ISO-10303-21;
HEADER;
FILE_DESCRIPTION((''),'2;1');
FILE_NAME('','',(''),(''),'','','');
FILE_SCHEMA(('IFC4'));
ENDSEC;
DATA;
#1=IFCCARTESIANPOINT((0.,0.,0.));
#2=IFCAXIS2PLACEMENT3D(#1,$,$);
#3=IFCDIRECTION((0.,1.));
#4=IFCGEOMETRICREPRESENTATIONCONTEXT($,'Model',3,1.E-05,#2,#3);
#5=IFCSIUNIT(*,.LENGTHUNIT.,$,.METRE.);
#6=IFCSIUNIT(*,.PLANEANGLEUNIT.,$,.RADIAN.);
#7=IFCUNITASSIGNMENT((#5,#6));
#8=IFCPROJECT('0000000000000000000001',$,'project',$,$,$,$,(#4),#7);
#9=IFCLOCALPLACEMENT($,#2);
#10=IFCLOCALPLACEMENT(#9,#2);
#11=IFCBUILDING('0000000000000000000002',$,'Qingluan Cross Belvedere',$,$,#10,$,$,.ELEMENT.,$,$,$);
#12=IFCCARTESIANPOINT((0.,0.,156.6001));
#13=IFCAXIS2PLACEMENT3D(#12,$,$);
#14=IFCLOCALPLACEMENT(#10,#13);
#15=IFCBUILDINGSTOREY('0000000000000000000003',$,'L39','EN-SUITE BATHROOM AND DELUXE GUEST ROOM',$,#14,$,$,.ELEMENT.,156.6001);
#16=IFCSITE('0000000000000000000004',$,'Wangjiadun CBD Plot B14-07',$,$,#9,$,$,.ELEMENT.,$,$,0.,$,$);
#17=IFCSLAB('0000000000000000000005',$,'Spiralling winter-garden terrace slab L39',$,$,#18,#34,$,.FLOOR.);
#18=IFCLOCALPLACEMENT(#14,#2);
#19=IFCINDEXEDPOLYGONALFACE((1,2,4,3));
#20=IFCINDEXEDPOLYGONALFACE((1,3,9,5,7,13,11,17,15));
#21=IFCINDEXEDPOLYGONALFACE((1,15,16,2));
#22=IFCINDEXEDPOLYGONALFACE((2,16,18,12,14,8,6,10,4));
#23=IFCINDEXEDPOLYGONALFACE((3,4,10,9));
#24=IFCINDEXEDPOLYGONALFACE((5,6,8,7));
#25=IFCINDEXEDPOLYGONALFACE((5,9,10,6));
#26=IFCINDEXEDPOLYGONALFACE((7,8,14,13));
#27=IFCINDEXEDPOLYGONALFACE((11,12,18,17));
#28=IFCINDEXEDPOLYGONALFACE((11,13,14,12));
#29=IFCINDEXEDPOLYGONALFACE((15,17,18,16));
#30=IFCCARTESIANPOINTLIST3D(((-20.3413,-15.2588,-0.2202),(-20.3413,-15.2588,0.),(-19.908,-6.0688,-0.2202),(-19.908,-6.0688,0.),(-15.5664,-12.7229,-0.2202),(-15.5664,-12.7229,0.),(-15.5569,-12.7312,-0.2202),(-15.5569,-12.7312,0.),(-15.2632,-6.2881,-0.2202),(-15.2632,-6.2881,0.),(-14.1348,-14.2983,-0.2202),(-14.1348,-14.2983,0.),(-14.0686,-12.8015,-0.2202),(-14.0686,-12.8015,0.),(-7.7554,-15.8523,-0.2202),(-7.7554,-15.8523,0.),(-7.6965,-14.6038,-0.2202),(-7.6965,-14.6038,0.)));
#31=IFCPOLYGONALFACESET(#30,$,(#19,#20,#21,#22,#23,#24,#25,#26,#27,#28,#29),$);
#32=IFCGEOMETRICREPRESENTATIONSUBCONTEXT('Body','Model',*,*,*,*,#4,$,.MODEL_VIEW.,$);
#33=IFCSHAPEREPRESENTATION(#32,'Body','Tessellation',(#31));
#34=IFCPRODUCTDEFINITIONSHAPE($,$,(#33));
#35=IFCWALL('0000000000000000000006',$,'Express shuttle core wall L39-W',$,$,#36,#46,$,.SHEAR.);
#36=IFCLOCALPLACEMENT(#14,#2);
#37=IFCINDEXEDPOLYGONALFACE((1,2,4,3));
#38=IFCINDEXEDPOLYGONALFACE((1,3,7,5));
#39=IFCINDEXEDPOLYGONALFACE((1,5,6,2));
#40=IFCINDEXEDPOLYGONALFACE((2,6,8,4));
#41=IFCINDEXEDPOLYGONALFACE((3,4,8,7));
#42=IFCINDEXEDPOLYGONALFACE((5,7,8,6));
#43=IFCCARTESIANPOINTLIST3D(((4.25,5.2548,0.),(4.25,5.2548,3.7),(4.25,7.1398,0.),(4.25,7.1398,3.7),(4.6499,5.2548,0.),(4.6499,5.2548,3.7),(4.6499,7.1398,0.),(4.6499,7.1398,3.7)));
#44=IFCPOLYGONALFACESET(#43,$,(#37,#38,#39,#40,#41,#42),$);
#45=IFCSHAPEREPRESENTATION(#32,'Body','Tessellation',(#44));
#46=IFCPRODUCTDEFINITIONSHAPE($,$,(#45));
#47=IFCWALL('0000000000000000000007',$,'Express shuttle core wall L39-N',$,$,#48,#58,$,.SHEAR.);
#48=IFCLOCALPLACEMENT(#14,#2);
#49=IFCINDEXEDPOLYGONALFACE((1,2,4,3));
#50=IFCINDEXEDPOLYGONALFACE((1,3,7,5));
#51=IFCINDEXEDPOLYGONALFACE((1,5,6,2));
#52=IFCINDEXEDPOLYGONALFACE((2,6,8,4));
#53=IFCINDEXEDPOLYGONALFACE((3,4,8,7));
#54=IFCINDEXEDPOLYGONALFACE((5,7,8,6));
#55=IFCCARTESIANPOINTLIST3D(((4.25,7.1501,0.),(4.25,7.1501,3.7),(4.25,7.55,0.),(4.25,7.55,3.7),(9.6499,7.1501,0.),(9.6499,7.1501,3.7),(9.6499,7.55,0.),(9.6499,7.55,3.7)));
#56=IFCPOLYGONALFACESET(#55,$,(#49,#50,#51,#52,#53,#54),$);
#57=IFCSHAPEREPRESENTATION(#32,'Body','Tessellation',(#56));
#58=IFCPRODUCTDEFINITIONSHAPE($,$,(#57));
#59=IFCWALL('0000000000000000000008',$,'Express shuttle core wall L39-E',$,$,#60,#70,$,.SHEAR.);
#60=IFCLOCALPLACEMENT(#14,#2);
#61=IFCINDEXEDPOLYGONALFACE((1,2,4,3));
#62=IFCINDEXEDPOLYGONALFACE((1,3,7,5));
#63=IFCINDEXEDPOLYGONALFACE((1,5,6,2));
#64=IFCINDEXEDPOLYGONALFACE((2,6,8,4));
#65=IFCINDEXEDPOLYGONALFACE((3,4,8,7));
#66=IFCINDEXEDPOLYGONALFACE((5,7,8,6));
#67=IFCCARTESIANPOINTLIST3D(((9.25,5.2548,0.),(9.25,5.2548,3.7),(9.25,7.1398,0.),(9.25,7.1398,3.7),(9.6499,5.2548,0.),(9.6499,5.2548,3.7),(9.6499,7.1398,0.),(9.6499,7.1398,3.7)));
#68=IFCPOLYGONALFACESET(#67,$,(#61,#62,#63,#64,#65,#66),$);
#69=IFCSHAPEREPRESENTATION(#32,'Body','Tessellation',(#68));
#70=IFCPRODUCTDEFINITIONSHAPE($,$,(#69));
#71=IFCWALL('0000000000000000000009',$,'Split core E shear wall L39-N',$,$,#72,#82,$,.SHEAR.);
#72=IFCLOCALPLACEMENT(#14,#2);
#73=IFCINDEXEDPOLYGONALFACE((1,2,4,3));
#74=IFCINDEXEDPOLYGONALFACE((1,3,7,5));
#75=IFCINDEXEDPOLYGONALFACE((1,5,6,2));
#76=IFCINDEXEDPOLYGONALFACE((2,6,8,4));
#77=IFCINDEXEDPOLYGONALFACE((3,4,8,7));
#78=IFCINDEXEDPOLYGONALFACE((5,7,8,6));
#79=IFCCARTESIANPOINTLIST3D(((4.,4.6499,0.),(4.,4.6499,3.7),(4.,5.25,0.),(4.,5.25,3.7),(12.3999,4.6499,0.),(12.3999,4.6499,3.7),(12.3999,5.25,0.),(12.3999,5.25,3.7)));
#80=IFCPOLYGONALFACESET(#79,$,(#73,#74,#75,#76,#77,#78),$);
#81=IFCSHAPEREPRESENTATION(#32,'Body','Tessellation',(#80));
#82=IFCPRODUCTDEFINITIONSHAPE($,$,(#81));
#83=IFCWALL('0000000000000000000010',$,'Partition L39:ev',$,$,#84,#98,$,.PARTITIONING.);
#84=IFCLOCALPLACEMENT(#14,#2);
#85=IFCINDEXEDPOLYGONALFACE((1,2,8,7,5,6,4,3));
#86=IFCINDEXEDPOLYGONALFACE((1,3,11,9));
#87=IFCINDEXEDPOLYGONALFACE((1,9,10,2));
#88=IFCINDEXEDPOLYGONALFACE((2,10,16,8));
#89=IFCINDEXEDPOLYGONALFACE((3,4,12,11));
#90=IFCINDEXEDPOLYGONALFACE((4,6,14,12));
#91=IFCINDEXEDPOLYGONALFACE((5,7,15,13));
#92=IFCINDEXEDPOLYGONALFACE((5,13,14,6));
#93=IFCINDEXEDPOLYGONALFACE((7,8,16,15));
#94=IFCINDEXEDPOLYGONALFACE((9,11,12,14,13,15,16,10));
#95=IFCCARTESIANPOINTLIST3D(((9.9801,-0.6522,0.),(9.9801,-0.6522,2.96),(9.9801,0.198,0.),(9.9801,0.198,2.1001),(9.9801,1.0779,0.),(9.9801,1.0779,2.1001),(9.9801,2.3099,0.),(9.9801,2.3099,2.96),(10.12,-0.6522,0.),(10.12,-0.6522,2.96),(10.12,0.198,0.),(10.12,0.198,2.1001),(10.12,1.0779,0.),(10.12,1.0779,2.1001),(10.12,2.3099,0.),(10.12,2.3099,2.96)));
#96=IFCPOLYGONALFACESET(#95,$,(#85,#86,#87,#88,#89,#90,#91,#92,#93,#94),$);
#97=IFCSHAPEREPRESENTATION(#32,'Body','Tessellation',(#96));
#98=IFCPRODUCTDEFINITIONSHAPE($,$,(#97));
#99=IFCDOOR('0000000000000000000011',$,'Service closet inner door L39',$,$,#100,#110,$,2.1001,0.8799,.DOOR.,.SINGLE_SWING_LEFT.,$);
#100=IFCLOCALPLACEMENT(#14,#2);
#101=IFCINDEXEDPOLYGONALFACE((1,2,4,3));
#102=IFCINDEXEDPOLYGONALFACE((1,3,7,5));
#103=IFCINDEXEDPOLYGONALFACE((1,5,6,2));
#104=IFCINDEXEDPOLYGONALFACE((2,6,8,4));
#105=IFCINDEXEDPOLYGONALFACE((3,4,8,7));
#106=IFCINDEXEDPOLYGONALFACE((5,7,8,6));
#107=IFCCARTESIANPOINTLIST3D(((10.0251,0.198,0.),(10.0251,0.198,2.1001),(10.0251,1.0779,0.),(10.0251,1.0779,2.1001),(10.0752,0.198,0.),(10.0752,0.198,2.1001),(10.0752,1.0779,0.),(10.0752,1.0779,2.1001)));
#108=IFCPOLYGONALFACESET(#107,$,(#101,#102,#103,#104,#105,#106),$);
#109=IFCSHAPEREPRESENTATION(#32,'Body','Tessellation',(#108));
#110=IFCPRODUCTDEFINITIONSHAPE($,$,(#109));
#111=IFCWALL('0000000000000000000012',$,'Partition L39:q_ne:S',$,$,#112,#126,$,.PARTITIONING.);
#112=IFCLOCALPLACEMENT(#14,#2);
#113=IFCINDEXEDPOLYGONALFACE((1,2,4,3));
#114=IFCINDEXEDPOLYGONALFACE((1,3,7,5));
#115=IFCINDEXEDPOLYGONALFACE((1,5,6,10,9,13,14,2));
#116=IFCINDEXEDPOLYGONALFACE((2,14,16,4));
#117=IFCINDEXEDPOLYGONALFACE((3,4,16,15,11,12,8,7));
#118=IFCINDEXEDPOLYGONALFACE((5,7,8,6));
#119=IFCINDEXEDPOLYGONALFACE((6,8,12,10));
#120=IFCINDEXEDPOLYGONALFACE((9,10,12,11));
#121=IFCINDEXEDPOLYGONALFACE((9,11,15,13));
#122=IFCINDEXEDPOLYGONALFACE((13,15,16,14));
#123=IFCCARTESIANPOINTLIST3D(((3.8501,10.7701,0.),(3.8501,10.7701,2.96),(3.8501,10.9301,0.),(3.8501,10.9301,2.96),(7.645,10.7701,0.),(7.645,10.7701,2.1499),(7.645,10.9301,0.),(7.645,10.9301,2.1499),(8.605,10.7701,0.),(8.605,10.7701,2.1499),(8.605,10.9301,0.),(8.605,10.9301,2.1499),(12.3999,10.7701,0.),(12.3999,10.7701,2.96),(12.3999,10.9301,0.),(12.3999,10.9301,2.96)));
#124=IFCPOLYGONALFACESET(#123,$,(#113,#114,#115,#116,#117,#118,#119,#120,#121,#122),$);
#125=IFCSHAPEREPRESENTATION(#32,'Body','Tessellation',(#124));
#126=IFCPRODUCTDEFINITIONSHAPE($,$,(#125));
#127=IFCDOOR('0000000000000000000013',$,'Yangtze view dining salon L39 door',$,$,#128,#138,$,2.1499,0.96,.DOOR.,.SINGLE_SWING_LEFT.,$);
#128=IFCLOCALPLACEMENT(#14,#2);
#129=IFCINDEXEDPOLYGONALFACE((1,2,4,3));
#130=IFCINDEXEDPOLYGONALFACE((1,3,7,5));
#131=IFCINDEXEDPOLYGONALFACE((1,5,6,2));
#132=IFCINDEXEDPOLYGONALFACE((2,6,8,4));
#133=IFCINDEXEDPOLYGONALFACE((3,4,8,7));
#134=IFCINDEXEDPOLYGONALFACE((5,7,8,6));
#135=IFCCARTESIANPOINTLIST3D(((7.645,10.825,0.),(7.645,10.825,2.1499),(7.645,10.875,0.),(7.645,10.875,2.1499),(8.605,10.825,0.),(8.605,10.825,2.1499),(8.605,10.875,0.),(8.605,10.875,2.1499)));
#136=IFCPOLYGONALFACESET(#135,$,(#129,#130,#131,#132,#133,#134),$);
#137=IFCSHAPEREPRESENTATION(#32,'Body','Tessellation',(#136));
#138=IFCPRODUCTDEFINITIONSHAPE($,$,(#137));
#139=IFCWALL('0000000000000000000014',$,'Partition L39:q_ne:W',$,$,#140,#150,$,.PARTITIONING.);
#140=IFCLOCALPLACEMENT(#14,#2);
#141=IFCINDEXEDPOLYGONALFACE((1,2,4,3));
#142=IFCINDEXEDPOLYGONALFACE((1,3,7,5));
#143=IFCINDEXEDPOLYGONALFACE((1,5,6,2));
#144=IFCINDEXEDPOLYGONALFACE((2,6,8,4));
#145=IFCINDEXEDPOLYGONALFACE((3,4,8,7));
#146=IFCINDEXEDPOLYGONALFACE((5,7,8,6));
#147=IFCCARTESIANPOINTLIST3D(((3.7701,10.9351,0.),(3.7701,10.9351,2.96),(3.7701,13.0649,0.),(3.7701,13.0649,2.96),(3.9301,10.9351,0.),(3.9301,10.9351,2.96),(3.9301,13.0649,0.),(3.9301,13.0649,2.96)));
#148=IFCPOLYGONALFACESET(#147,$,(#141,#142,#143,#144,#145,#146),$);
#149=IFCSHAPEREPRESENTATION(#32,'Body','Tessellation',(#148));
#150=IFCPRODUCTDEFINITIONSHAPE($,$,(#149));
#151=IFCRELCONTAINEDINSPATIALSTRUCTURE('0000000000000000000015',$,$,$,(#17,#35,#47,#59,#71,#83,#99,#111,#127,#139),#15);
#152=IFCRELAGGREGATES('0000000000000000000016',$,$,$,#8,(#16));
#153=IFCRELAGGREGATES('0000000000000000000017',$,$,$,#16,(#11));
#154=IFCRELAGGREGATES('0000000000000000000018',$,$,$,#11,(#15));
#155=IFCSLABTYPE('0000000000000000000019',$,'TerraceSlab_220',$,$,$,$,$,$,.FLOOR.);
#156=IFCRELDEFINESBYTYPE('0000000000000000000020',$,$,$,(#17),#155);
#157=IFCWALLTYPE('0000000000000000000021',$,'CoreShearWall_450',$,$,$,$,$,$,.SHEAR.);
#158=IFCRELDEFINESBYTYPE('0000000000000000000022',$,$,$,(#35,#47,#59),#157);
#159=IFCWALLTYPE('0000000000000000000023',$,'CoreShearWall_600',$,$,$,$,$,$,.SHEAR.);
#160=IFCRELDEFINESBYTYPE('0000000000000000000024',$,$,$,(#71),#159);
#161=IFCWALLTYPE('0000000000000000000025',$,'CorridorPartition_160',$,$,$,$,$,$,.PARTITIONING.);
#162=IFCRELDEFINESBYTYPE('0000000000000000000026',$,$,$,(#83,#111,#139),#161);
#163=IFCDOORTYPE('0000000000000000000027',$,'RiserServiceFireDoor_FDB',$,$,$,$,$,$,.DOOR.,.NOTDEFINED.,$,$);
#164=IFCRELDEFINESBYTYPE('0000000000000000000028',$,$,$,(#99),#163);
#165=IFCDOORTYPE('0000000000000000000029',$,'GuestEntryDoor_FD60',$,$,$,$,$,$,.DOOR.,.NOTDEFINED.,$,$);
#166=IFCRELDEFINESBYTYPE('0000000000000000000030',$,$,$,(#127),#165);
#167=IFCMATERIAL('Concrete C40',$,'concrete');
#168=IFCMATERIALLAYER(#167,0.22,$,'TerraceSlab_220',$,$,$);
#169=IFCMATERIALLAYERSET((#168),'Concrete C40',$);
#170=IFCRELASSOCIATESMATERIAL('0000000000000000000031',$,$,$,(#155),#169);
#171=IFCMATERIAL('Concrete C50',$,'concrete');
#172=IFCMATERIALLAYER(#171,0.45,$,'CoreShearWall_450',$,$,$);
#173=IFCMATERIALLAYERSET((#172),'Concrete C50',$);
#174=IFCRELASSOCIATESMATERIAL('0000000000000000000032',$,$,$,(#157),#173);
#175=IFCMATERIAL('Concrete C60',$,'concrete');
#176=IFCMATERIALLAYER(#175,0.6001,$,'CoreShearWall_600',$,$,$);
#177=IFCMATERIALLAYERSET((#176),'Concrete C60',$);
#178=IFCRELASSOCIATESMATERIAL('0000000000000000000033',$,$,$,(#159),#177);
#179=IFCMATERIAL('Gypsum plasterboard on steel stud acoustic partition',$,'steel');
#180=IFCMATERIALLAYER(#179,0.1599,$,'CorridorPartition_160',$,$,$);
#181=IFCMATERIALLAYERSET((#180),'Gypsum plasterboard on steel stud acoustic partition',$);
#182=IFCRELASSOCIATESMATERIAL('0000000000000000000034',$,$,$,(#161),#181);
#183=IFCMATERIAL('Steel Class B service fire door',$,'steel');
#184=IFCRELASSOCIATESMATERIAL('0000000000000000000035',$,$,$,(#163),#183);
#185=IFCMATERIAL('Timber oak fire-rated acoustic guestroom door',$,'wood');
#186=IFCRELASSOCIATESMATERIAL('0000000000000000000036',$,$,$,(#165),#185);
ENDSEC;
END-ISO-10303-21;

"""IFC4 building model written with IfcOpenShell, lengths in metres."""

from ifc_helpers import new_model, si_unit, direction, frame, frame_2d, origin, place, context, subcontext, project, spatial, polyline, rectangle, outline, extrude, material, layer, layer_set, type_object, element, fill, save


model = new_model("IFC4")

# Units and contexts
model_context = context("Model", 3, precision=1e-05, world=origin(), true_north=direction((0.0, 1.0)))
body_context = subcontext(model_context, "Body", "Model", "MODEL_VIEW")
ifc_project = project(units=[si_unit("LENGTHUNIT", "METRE"), si_unit("PLANEANGLEUNIT", "RADIAN")], contexts=[model_context])

# Site, building, storey
site_placement = place(None, origin())
site = spatial("IfcSite", under=ifc_project, at=site_placement, Name="Wangjiadun CBD Plot B14-07", CompositionType="ELEMENT", RefElevation=0.0)
building_placement = place(site_placement, origin())
building = spatial("IfcBuilding", under=site, at=building_placement, Name="Qingluan Cross Belvedere", CompositionType="ELEMENT")
storey_placement = place(building_placement, frame((0.0, 0.0, 156.6001)))
storey = spatial("IfcBuildingStorey", under=building, at=storey_placement, Name="L39", Description="EN-SUITE BATHROOM AND DELUXE GUEST ROOM", CompositionType="ELEMENT", Elevation=156.6001)

# Slab
ifc_material_1 = material(Name="Concrete C40", Category="concrete")
ifc_layer_1 = layer(ifc_material_1, 0.22, Name="TerraceSlab_220")
ifc_layer_set_1 = layer_set([ifc_layer_1], Name="Concrete C40")
slab_type_1 = type_object("IfcSlabType", Name="TerraceSlab_220", PredefinedType="FLOOR", material=ifc_layer_set_1)
slab_1_placement = place(storey_placement, frame((0.0, 0.0, -0.2202)))
element("IfcSlab", 1, at=slab_1_placement, inside=storey, type_object=slab_type_1, Name="Spiralling winter-garden terrace slab L39", PredefinedType="FLOOR", context=body_context, shape_type="SweptSolid", body=[
    extrude(outline(polyline([(-7.6965, -14.6038), (-14.1348, -14.2983), (-14.0686, -12.8015), (-15.5569, -12.7312), (-15.5664, -12.7229), (-15.2632, -6.2881), (-19.908, -6.0688), (-20.3413, -15.2588), (-7.7554, -15.8523), (-7.6965, -14.6038)])), origin(), (0.0, 0.0, 1.0), 0.2202),
])

# Walls
ifc_material_2 = material(Name="Concrete C50", Category="concrete")
ifc_layer_2 = layer(ifc_material_2, 0.45, Name="CoreShearWall_450")
ifc_layer_set_2 = layer_set([ifc_layer_2], Name="Concrete C50")
wall_type_1 = type_object("IfcWallType", Name="CoreShearWall_450", PredefinedType="SHEAR", material=ifc_layer_set_2)
wall_1_placement = place(storey_placement, frame((4.45, 5.2549, 0.0), z_axis=(0.0, 0.0, 1.0), x_axis=(0.0, 1.0, 0.0)))
element("IfcWall", 2, at=wall_1_placement, inside=storey, type_object=wall_type_1, Name="Express shuttle core wall L39-W", PredefinedType="SHEAR", context=body_context, shape_type="SweptSolid", body=[
    extrude(rectangle(XDim=1.885, YDim=0.3999, at=frame_2d((0.9424, 0.0))), origin(), (0.0, 0.0, 1.0), 3.7),
])
wall_2_placement = place(storey_placement, frame((4.25, 7.3501, 0.0), z_axis=(0.0, 0.0, 1.0), x_axis=(1.0, 0.0, 0.0)))
element("IfcWall", 3, at=wall_2_placement, inside=storey, type_object=wall_type_1, Name="Express shuttle core wall L39-N", PredefinedType="SHEAR", context=body_context, shape_type="SweptSolid", body=[
    extrude(rectangle(XDim=5.3999, YDim=0.3999, at=frame_2d((2.7, 0.0))), origin(), (0.0, 0.0, 1.0), 3.7),
])
wall_3_placement = place(storey_placement, frame((9.45, 5.2549, 0.0), z_axis=(0.0, 0.0, 1.0), x_axis=(0.0, 1.0, 0.0)))
element("IfcWall", 4, at=wall_3_placement, inside=storey, type_object=wall_type_1, Name="Express shuttle core wall L39-E", PredefinedType="SHEAR", context=body_context, shape_type="SweptSolid", body=[
    extrude(rectangle(XDim=1.885, YDim=0.3999, at=frame_2d((0.9424, 0.0))), origin(), (0.0, 0.0, 1.0), 3.7),
])
ifc_material_3 = material(Name="Concrete C60", Category="concrete")
ifc_layer_3 = layer(ifc_material_3, 0.6001, Name="CoreShearWall_600")
ifc_layer_set_3 = layer_set([ifc_layer_3], Name="Concrete C60")
wall_type_2 = type_object("IfcWallType", Name="CoreShearWall_600", PredefinedType="SHEAR", material=ifc_layer_set_3)
wall_4_placement = place(storey_placement, frame((4.0, 4.95, 0.0), z_axis=(0.0, 0.0, 1.0), x_axis=(1.0, 0.0, 0.0)))
element("IfcWall", 5, at=wall_4_placement, inside=storey, type_object=wall_type_2, Name="Split core E shear wall L39-N", PredefinedType="SHEAR", context=body_context, shape_type="SweptSolid", body=[
    extrude(rectangle(XDim=8.3999, YDim=0.6001, at=frame_2d((4.2, 0.0))), origin(), (0.0, 0.0, 1.0), 3.7),
])

# Walls, openings, doors
ifc_material_4 = material(Name="Gypsum plasterboard on steel stud acoustic partition", Category="steel")
ifc_layer_4 = layer(ifc_material_4, 0.1599, Name="CorridorPartition_160")
ifc_layer_set_4 = layer_set([ifc_layer_4], Name="Gypsum plasterboard on steel stud acoustic partition")
wall_type_3 = type_object("IfcWallType", Name="CorridorPartition_160", PredefinedType="PARTITIONING", material=ifc_layer_set_4)
wall_5_placement = place(storey_placement, frame((10.05, -0.6521, 0.0), z_axis=(0.0, 0.0, 1.0), x_axis=(0.0, 1.0, 0.0)))
wall_5 = element("IfcWall", 6, at=wall_5_placement, inside=storey, type_object=wall_type_3, Name="Partition L39:ev", PredefinedType="PARTITIONING", context=body_context, shape_type="SweptSolid", body=[
    extrude(rectangle(XDim=2.9622, YDim=0.1399, at=frame_2d((1.481, 0.0))), origin(), (0.0, 0.0, 1.0), 2.96),
])
opening_1_placement = place(wall_5_placement, frame((0.8501, 0.0, 0.0)))
opening_1 = element("IfcOpeningElement", 7, at=opening_1_placement, cuts=wall_5, PredefinedType="OPENING", context=body_context, shape_type="SweptSolid", body=[
    extrude(rectangle(XDim=0.8799, YDim=2.1001, at=frame_2d((0.4399, 1.05))), frame((0.0, 0.0798, 0.0), z_axis=(0.0, -1.0, 0.0), x_axis=(1.0, 0.0, 0.0)), (0.0, 0.0, 1.0), 0.1599),
])
ifc_material_5 = material(Name="Steel Class B service fire door", Category="steel")
door_type_1 = type_object("IfcDoorType", Name="RiserServiceFireDoor_FDB", OperationType="NOTDEFINED", PredefinedType="DOOR", material=ifc_material_5)
door_1_placement = place(opening_1_placement, origin())
door_1 = element("IfcDoor", 8, at=door_1_placement, inside=storey, type_object=door_type_1, Name="Service closet inner door L39", OperationType="SINGLE_SWING_LEFT", OverallHeight=2.1001, OverallWidth=0.8799, PredefinedType="DOOR", context=body_context, shape_type="SweptSolid", body=[
    extrude(rectangle(XDim=0.8799, YDim=2.1001, at=frame_2d((0.4399, 1.05))), frame((0.0, 0.0249, 0.0), z_axis=(0.0, -1.0, 0.0), x_axis=(1.0, 0.0, 0.0)), (0.0, 0.0, 1.0), 0.05),
])
fill(opening_1, door_1)
wall_6_placement = place(storey_placement, frame((3.8501, 10.8501, 0.0), z_axis=(0.0, 0.0, 1.0), x_axis=(1.0, 0.0, 0.0)))
wall_6 = element("IfcWall", 9, at=wall_6_placement, inside=storey, type_object=wall_type_3, Name="Partition L39:q_ne:S", PredefinedType="PARTITIONING", context=body_context, shape_type="SweptSolid", body=[
    extrude(rectangle(XDim=8.5498, YDim=0.1599, at=frame_2d((4.2749, 0.0))), origin(), (0.0, 0.0, 1.0), 2.96),
])
opening_2_placement = place(wall_6_placement, frame((3.7949, 0.0, 0.0)))
opening_2 = element("IfcOpeningElement", 10, at=opening_2_placement, cuts=wall_6, PredefinedType="OPENING", context=body_context, shape_type="SweptSolid", body=[
    extrude(rectangle(XDim=0.96, YDim=2.1499, at=frame_2d((0.48, 1.075))), frame((0.0, 0.0898, 0.0), z_axis=(0.0, -1.0, 0.0), x_axis=(1.0, 0.0, 0.0)), (0.0, 0.0, 1.0), 0.1799),
])
ifc_material_6 = material(Name="Timber oak fire-rated acoustic guestroom door", Category="wood")
door_type_2 = type_object("IfcDoorType", Name="GuestEntryDoor_FD60", OperationType="NOTDEFINED", PredefinedType="DOOR", material=ifc_material_6)
door_2_placement = place(opening_2_placement, origin())
door_2 = element("IfcDoor", 11, at=door_2_placement, inside=storey, type_object=door_type_2, Name="Yangtze view dining salon L39 door", OperationType="SINGLE_SWING_LEFT", OverallHeight=2.1499, OverallWidth=0.96, PredefinedType="DOOR", context=body_context, shape_type="SweptSolid", body=[
    extrude(rectangle(XDim=0.96, YDim=2.1499, at=frame_2d((0.48, 1.075))), frame((0.0, 0.0249, 0.0), z_axis=(0.0, -1.0, 0.0), x_axis=(1.0, 0.0, 0.0)), (0.0, 0.0, 1.0), 0.05),
])
fill(opening_2, door_2)

# Wall
wall_7_placement = place(storey_placement, frame((3.8501, 10.9351, 0.0), z_axis=(0.0, 0.0, 1.0), x_axis=(0.0, 1.0, 0.0)))
element("IfcWall", 12, at=wall_7_placement, inside=storey, type_object=wall_type_3, Name="Partition L39:q_ne:W", PredefinedType="PARTITIONING", context=body_context, shape_type="SweptSolid", body=[
    extrude(rectangle(XDim=2.1299, YDim=0.1599, at=frame_2d((1.0649, 0.0))), origin(), (0.0, 0.0, 1.0), 2.96),
])

save(model, "model.ifc")
